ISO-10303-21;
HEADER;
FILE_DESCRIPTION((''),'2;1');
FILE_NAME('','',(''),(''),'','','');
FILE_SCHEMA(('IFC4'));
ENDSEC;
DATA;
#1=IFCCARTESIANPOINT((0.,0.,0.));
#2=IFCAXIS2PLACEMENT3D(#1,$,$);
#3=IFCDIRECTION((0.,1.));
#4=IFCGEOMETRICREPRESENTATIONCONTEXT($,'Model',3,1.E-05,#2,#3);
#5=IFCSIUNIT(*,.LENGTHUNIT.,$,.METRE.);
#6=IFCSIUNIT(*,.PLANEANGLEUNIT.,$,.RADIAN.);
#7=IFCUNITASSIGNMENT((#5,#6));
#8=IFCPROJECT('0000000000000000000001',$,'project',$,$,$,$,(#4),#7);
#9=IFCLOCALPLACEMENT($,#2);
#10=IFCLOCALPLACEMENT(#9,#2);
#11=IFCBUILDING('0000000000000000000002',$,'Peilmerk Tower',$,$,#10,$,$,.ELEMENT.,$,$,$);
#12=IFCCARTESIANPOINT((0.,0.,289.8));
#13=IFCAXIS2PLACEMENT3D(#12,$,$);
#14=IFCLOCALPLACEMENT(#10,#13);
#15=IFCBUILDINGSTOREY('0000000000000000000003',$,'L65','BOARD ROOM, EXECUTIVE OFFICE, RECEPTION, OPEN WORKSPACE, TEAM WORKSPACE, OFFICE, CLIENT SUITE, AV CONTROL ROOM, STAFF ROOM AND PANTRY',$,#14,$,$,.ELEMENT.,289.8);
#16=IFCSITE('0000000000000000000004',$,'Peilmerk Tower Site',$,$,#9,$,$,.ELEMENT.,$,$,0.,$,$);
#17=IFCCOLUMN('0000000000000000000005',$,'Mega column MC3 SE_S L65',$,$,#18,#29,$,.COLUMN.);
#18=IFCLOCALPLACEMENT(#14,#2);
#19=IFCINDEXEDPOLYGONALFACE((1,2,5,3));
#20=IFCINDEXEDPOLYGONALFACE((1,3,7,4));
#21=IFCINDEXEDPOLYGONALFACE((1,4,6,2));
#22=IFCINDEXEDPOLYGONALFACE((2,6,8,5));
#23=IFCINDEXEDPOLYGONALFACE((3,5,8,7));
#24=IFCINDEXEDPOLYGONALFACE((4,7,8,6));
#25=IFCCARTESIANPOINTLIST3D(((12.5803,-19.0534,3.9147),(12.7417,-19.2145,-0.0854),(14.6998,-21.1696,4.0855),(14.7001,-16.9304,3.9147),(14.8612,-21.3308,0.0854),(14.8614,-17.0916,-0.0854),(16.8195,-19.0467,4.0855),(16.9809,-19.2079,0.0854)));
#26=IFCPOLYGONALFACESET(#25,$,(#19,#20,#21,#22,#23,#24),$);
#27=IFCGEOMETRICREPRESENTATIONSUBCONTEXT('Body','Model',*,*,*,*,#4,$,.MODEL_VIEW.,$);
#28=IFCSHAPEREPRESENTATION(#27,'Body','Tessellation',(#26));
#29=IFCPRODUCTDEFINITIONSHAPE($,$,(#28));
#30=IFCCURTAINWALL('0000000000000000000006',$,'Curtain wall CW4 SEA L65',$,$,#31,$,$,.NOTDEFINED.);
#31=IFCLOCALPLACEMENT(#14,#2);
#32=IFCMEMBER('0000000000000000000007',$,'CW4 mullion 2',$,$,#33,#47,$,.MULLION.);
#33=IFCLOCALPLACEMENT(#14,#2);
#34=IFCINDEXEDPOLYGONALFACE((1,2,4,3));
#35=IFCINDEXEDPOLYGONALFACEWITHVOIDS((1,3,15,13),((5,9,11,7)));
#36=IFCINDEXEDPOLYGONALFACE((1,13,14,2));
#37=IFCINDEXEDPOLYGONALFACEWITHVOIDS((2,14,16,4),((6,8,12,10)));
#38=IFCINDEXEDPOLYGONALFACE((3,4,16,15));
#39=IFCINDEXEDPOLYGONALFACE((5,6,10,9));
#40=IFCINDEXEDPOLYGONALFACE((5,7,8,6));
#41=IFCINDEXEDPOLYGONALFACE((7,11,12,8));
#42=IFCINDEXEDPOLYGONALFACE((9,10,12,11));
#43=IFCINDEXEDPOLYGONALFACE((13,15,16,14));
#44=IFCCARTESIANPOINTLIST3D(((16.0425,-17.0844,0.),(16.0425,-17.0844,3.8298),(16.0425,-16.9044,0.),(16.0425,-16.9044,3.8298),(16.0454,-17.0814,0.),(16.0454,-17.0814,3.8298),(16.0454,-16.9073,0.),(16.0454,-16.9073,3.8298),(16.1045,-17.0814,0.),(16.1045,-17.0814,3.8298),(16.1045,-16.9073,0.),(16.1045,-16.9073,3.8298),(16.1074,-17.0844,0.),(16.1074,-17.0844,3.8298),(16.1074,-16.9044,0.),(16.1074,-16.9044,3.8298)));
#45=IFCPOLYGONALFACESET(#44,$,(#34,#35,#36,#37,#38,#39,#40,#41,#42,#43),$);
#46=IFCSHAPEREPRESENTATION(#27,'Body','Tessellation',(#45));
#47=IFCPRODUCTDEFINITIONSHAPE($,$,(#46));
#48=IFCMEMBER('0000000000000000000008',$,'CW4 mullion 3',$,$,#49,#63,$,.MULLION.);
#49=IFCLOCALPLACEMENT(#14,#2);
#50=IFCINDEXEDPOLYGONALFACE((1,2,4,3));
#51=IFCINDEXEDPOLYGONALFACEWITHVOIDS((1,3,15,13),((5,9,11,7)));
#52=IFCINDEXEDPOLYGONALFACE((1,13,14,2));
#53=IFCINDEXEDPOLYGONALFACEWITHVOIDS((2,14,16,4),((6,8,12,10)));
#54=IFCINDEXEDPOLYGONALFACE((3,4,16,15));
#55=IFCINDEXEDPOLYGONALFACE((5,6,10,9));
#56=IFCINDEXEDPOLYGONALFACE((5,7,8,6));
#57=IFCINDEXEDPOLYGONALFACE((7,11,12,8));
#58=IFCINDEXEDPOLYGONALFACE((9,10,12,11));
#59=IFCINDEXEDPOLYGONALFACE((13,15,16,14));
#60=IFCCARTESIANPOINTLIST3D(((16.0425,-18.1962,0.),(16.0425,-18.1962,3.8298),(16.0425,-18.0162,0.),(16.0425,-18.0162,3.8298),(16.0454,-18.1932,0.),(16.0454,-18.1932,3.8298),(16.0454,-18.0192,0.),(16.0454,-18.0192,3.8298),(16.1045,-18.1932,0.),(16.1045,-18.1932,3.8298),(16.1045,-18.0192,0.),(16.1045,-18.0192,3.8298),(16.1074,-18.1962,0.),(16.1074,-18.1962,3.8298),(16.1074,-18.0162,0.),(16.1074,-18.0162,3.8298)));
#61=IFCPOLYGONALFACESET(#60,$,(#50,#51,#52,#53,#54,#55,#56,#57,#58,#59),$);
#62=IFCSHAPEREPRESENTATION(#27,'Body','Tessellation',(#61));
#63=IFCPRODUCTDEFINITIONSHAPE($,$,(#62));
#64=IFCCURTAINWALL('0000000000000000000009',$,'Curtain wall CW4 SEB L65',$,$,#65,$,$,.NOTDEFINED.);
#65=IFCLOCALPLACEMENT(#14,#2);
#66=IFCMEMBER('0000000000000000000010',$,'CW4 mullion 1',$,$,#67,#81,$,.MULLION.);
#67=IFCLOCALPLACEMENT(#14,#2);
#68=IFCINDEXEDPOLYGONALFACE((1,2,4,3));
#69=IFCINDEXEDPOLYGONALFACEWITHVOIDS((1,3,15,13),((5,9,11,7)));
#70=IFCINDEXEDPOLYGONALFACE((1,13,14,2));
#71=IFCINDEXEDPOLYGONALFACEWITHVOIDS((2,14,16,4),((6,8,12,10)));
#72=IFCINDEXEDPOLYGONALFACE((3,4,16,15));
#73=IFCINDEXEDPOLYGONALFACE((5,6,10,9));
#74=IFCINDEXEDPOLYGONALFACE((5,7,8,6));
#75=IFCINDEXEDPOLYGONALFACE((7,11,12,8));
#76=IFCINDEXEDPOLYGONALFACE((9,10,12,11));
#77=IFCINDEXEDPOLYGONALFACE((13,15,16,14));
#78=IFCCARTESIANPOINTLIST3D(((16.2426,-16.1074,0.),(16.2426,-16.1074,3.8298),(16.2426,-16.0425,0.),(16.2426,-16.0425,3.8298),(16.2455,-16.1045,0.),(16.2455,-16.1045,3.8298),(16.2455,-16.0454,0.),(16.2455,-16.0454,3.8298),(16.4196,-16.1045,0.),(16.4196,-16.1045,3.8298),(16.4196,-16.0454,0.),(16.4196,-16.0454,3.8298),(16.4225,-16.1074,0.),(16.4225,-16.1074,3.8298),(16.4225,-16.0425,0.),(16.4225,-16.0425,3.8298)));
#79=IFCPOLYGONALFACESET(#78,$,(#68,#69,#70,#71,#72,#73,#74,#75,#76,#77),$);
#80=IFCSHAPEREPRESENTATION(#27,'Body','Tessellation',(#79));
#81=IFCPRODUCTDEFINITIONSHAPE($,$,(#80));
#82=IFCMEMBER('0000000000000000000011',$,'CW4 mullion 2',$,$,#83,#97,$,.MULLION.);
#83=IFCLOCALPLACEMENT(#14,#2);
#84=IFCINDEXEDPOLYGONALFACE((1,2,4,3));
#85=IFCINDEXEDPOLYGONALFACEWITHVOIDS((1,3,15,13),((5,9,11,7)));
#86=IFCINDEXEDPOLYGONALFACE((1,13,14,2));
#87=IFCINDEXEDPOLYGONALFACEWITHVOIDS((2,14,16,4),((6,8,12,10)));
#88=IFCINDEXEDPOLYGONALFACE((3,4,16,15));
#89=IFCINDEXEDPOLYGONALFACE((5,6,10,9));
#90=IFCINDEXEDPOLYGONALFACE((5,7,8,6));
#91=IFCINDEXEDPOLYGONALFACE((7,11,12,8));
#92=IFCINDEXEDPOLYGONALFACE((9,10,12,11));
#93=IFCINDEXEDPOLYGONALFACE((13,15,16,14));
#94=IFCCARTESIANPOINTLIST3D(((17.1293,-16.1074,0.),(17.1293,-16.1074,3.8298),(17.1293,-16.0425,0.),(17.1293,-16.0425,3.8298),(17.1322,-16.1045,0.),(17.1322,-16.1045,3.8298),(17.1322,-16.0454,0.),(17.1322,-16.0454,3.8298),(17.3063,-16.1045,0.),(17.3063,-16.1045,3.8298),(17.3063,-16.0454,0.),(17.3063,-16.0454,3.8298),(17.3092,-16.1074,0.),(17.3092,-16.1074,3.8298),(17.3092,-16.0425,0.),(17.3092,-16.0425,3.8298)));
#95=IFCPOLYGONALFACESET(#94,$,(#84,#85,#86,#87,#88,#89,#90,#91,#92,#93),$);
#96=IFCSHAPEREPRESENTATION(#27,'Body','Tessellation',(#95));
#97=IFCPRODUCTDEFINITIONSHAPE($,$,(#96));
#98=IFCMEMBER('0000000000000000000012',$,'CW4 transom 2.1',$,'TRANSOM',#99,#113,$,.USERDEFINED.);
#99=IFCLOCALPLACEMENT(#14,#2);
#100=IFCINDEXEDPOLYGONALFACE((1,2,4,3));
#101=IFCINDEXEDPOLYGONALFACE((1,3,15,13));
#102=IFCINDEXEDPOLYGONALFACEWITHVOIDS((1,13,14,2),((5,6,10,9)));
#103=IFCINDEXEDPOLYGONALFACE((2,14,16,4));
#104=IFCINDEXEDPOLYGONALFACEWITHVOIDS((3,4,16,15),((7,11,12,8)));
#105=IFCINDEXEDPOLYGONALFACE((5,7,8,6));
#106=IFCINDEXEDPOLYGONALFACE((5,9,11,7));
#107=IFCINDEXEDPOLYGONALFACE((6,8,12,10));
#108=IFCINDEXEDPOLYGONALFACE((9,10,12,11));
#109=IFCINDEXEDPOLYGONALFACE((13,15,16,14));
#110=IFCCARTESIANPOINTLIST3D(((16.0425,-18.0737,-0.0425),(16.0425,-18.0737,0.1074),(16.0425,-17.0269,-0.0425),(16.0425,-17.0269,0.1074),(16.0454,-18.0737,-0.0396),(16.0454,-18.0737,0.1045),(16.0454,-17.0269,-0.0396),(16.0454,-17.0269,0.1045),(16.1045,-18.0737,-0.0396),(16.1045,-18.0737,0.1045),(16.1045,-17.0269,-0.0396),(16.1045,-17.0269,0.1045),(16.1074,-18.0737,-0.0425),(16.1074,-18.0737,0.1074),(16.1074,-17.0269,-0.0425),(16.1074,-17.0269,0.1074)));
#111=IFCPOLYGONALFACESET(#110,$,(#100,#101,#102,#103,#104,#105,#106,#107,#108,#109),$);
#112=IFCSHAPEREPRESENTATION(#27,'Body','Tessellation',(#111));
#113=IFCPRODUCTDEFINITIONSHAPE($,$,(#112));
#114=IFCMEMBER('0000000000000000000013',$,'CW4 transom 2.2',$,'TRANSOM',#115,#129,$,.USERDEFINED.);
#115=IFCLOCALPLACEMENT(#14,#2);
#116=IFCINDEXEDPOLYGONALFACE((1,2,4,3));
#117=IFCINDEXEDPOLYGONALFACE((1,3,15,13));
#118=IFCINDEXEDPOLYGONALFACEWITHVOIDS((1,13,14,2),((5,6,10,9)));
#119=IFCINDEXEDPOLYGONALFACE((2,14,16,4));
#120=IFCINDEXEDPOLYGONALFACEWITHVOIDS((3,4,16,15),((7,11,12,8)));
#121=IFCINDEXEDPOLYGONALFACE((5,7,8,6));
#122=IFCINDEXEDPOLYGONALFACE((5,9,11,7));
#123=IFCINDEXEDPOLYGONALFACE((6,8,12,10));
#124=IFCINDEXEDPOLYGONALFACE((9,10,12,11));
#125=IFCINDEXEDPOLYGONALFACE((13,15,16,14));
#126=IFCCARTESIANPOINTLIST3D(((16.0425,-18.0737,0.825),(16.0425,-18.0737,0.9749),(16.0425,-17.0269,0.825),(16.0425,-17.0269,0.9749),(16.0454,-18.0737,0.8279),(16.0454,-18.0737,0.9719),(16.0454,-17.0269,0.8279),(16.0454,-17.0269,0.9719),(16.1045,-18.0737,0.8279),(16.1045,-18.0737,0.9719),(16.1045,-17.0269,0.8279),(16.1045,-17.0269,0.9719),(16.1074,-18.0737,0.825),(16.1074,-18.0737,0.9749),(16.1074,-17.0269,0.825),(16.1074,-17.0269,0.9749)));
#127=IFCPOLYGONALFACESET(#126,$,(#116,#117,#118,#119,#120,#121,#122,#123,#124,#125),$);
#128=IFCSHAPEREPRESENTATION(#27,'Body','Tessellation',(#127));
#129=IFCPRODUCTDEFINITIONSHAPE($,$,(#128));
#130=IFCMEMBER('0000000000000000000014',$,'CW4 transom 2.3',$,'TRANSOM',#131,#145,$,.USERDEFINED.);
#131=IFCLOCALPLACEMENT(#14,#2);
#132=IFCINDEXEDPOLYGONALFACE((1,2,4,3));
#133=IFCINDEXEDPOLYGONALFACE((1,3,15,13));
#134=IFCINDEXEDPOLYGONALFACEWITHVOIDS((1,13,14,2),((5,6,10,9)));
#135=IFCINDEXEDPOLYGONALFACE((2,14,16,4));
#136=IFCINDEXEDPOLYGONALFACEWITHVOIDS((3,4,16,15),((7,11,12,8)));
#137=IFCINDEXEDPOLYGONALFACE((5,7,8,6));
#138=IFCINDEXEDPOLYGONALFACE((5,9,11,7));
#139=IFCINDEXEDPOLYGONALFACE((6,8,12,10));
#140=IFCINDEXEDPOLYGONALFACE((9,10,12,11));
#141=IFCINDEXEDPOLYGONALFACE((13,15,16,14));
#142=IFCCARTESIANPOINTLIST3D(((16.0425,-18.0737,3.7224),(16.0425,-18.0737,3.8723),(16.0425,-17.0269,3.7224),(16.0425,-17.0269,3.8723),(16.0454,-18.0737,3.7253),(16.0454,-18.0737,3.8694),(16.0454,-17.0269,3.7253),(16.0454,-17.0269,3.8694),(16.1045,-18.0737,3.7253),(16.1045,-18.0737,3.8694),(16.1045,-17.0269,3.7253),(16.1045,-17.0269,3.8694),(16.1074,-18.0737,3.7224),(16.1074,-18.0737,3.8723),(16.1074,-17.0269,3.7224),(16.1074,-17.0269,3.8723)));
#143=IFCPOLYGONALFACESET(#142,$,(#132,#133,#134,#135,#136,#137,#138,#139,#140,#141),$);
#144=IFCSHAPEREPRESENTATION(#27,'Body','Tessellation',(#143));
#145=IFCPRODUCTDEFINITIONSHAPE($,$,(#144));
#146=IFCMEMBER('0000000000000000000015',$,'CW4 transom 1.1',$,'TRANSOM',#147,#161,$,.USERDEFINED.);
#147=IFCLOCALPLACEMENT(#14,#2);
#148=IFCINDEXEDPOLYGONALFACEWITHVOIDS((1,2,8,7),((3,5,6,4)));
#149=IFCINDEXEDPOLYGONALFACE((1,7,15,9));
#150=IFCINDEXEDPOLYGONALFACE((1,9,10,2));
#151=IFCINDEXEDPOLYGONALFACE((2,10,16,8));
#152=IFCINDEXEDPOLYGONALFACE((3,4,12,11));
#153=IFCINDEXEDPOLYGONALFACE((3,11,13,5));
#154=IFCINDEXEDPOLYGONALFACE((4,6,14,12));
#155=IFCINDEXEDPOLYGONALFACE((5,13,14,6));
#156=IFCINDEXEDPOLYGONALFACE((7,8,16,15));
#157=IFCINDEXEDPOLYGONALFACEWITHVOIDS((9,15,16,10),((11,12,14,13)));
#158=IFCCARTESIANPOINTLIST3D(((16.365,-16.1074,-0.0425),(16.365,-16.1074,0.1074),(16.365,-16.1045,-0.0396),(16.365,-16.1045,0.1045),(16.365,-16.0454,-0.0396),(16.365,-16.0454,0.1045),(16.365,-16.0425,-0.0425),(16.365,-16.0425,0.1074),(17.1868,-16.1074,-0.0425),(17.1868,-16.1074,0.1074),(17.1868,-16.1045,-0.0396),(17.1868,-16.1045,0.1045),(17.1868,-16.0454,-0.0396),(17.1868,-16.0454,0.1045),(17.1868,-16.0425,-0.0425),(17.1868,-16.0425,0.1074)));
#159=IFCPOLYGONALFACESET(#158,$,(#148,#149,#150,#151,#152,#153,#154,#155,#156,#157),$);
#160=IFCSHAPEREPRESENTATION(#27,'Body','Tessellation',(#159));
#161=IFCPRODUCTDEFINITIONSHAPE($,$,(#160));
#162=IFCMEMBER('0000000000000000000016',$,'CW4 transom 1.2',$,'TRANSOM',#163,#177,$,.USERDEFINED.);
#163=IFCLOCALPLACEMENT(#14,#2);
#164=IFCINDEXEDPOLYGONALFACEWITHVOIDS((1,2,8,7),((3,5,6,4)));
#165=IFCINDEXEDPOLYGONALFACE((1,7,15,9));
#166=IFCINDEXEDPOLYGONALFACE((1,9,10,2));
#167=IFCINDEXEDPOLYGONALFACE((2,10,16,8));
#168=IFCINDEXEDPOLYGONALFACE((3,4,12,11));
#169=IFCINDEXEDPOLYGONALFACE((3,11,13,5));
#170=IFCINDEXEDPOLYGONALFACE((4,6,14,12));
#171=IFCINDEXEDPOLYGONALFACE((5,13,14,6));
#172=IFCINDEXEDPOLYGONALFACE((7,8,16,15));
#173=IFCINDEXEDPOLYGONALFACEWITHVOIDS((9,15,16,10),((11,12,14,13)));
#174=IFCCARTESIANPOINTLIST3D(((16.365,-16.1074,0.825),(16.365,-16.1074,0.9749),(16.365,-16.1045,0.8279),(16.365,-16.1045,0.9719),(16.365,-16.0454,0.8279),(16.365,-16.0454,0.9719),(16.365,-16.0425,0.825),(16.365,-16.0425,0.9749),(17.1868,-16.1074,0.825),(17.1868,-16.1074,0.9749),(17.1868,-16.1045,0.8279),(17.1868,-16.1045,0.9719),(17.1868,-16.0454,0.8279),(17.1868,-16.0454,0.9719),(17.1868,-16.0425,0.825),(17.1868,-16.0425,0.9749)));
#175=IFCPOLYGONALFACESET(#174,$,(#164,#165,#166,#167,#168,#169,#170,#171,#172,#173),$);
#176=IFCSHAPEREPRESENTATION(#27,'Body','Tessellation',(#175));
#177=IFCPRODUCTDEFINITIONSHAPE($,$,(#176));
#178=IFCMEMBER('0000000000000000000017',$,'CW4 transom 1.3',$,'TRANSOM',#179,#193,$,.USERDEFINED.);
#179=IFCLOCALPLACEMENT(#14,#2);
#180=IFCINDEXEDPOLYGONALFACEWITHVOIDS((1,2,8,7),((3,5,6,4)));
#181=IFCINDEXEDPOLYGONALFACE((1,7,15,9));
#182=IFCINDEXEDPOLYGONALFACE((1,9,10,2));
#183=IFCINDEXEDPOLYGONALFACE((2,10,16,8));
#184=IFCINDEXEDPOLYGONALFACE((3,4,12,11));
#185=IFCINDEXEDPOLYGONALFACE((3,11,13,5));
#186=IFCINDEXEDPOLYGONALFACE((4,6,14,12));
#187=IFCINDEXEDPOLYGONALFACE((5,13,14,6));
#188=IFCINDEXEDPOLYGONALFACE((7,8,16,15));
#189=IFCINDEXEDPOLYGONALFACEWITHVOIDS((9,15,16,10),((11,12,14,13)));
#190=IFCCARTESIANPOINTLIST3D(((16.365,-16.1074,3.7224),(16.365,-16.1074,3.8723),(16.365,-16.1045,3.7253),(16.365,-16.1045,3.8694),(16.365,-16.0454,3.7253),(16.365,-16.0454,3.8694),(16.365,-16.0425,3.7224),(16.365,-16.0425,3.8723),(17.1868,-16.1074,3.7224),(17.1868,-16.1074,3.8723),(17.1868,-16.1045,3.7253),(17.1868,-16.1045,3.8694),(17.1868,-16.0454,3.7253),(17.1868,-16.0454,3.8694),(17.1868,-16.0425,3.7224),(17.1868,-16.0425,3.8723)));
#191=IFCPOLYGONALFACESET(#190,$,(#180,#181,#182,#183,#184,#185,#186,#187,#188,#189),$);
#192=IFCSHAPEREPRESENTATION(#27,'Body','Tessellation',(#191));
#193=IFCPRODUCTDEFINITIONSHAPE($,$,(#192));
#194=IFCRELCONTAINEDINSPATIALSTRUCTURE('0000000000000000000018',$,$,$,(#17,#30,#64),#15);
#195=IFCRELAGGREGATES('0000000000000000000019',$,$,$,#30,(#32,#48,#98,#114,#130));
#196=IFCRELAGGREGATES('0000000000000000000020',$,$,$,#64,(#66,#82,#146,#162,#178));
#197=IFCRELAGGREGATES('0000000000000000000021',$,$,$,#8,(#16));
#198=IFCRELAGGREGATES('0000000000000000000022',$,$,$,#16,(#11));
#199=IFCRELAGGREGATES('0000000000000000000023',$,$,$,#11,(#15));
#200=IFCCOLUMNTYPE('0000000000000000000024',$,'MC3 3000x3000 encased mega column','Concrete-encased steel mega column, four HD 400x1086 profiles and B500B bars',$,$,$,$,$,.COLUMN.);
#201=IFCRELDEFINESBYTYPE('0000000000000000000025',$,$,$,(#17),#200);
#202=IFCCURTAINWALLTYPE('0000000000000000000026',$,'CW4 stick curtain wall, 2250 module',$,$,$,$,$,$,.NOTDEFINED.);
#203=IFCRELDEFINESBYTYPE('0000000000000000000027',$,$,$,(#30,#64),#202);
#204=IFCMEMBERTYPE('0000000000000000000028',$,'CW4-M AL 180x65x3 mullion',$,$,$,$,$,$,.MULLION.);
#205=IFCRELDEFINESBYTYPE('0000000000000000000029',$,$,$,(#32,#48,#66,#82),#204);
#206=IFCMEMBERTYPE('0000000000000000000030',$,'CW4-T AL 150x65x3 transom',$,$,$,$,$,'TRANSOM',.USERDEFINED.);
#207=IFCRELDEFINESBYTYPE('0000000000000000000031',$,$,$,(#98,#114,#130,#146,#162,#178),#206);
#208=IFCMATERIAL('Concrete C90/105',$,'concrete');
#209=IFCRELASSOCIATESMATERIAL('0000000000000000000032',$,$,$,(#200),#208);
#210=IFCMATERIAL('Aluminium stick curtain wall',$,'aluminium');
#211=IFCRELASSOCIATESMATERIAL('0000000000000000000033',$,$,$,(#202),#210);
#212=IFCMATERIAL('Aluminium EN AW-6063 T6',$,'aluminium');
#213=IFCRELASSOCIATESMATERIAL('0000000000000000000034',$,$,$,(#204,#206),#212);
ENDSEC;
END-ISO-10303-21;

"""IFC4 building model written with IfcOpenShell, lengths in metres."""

from ifc_helpers import new_model, si_unit, direction, frame, origin, origin_2d, place, context, subcontext, project, spatial, rectangle, hollow_rectangle, extrude, material, material_profile, profile_set, type_object, element, aggregate, save


model = new_model("IFC4")

# Units and contexts
model_context = context("Model", 3, precision=1e-05, world=origin(), true_north=direction((0.0, 1.0)))
body_context = subcontext(model_context, "Body", "Model", "MODEL_VIEW")
ifc_project = project(units=[si_unit("LENGTHUNIT", "METRE"), si_unit("PLANEANGLEUNIT", "RADIAN")], contexts=[model_context])

# Site, building, storey
site_placement = place(None, origin())
site = spatial("IfcSite", under=ifc_project, at=site_placement, Name="Peilmerk Tower Site", CompositionType="ELEMENT", RefElevation=0.0)
building_placement = place(site_placement, origin())
building = spatial("IfcBuilding", under=site, at=building_placement, Name="Peilmerk Tower", CompositionType="ELEMENT")
storey_placement = place(building_placement, frame((0.0, 0.0, 289.8)))
storey = spatial("IfcBuildingStorey", under=building, at=storey_placement, Name="L65", Description="BOARD ROOM, EXECUTIVE OFFICE, RECEPTION, OPEN WORKSPACE, TEAM WORKSPACE, OFFICE, CLIENT SUITE, AV CONTROL ROOM, STAFF ROOM AND PANTRY", CompositionType="ELEMENT", Elevation=289.8)

# Column
ifc_material_1 = material(Name="Concrete C90/105", Category="concrete")
ifc_material_profile_1 = material_profile(ifc_material_1, rectangle(XDim=3.0, YDim=3.0, at=origin_2d()), Name="RC 3000x3000")
ifc_profile_set_1 = profile_set([ifc_material_profile_1], Name="Concrete C90/105")
column_type = type_object("IfcColumnType", Name="MC3 3000x3000 encased mega column", Description="Concrete-encased steel mega column, four HD 400x1086 profiles and B500B bars", PredefinedType="COLUMN", material=ifc_profile_set_1)
column_placement = place(storey_placement, frame((14.8613, -19.2112, 0.0), z_axis=(-0.040279, 0.040218, 0.998379), x_axis=(-0.706571, -0.707642, 0.0)))
element("IfcColumn", 1, at=column_placement, inside=storey, type_object=column_type, Name="Mega column MC3 SE_S L65", PredefinedType="COLUMN", context=body_context, shape_type="SweptSolid", body=[
    extrude(rectangle(XDim=3.0, YDim=3.0, at=origin_2d()), origin(), (0.0, 0.0, 1.0), 4.0066),
])

# Curtain walls, members
ifc_material_2 = material(Name="Aluminium stick curtain wall", Category="aluminium")
curtain_wall_type = type_object("IfcCurtainWallType", Name="CW4 stick curtain wall, 2250 module", PredefinedType="NOTDEFINED", material=ifc_material_2)
curtain_wall_1_placement = place(storey_placement, origin())
curtain_wall_1 = element("IfcCurtainWall", 2, at=curtain_wall_1_placement, inside=storey, type_object=curtain_wall_type, Name="Curtain wall CW4 SEA L65", PredefinedType="NOTDEFINED")
ifc_material_3 = material(Name="Aluminium EN AW-6063 T6", Category="aluminium")
ifc_material_profile_2 = material_profile(ifc_material_3, hollow_rectangle(XDim=0.0649, YDim=0.1799, WallThickness=0.0029, at=origin_2d()), Name="AL 180x65x3")
ifc_profile_set_2 = profile_set([ifc_material_profile_2], Name="Aluminium EN AW-6063 T6")
member_type_1 = type_object("IfcMemberType", Name="CW4-M AL 180x65x3 mullion", PredefinedType="MULLION", material=ifc_profile_set_2)
member_1_placement = place(storey_placement, frame((16.075, -16.9944, 0.0), z_axis=(0.0, 0.0, 1.0), x_axis=(1.0, 0.0, 0.0)))
member_1 = element("IfcMember", 3, at=member_1_placement, type_object=member_type_1, Name="CW4 mullion 2", PredefinedType="MULLION", context=body_context, shape_type="SweptSolid", body=[
    extrude(hollow_rectangle(XDim=0.0649, YDim=0.1799, WallThickness=0.0029, at=origin_2d()), origin(), (0.0, 0.0, 1.0), 3.8298),
])
member_2_placement = place(storey_placement, frame((16.075, -18.1062, 0.0), z_axis=(0.0, 0.0, 1.0), x_axis=(1.0, 0.0, 0.0)))
member_2 = element("IfcMember", 4, at=member_2_placement, type_object=member_type_1, Name="CW4 mullion 3", PredefinedType="MULLION", context=body_context, shape_type="SweptSolid", body=[
    extrude(hollow_rectangle(XDim=0.0649, YDim=0.1799, WallThickness=0.0029, at=origin_2d()), origin(), (0.0, 0.0, 1.0), 3.8298),
])
curtain_wall_2_placement = place(storey_placement, origin())
curtain_wall_2 = element("IfcCurtainWall", 5, at=curtain_wall_2_placement, inside=storey, type_object=curtain_wall_type, Name="Curtain wall CW4 SEB L65", PredefinedType="NOTDEFINED")
member_3_placement = place(storey_placement, frame((16.3325, -16.075, 0.0), z_axis=(0.0, 0.0, 1.0), x_axis=(0.0, 1.0, 0.0)))
member_3 = element("IfcMember", 6, at=member_3_placement, type_object=member_type_1, Name="CW4 mullion 1", PredefinedType="MULLION", context=body_context, shape_type="SweptSolid", body=[
    extrude(hollow_rectangle(XDim=0.0649, YDim=0.1799, WallThickness=0.0029, at=origin_2d()), origin(), (0.0, 0.0, 1.0), 3.8298),
])
member_4_placement = place(storey_placement, frame((17.2192, -16.075, 0.0), z_axis=(0.0, 0.0, 1.0), x_axis=(0.0, 1.0, 0.0)))
member_4 = element("IfcMember", 7, at=member_4_placement, type_object=member_type_1, Name="CW4 mullion 2", PredefinedType="MULLION", context=body_context, shape_type="SweptSolid", body=[
    extrude(hollow_rectangle(XDim=0.0649, YDim=0.1799, WallThickness=0.0029, at=origin_2d()), origin(), (0.0, 0.0, 1.0), 3.8298),
])

# Members
ifc_material_profile_3 = material_profile(ifc_material_3, hollow_rectangle(XDim=0.0649, YDim=0.1499, WallThickness=0.0029, at=origin_2d()), Name="AL 150x65x3")
ifc_profile_set_3 = profile_set([ifc_material_profile_3], Name="Aluminium EN AW-6063 T6")
member_type_2 = type_object("IfcMemberType", Name="CW4-T AL 150x65x3 transom", ElementType="TRANSOM", PredefinedType="USERDEFINED", material=ifc_profile_set_3)
member_5_placement = place(storey_placement, frame((16.075, -17.0269, 0.0325), z_axis=(0.0, -1.0, 0.0), x_axis=(1.0, 0.0, 0.0)))
member_5 = element("IfcMember", 8, at=member_5_placement, type_object=member_type_2, Name="CW4 transom 2.1", ObjectType="TRANSOM", PredefinedType="USERDEFINED", context=body_context, shape_type="SweptSolid", body=[
    extrude(hollow_rectangle(XDim=0.0649, YDim=0.1499, WallThickness=0.0029, at=origin_2d()), origin(), (0.0, 0.0, 1.0), 1.0469),
])
member_6_placement = place(storey_placement, frame((16.075, -17.0269, 0.8999), z_axis=(0.0, -1.0, 0.0), x_axis=(1.0, 0.0, 0.0)))
member_6 = element("IfcMember", 9, at=member_6_placement, type_object=member_type_2, Name="CW4 transom 2.2", ObjectType="TRANSOM", PredefinedType="USERDEFINED", context=body_context, shape_type="SweptSolid", body=[
    extrude(hollow_rectangle(XDim=0.0649, YDim=0.1499, WallThickness=0.0029, at=origin_2d()), origin(), (0.0, 0.0, 1.0), 1.0469),
])
member_7_placement = place(storey_placement, frame((16.075, -17.0269, 3.7974), z_axis=(0.0, -1.0, 0.0), x_axis=(1.0, 0.0, 0.0)))
member_7 = element("IfcMember", 10, at=member_7_placement, type_object=member_type_2, Name="CW4 transom 2.3", ObjectType="TRANSOM", PredefinedType="USERDEFINED", context=body_context, shape_type="SweptSolid", body=[
    extrude(hollow_rectangle(XDim=0.0649, YDim=0.1499, WallThickness=0.0029, at=origin_2d()), origin(), (0.0, 0.0, 1.0), 1.0469),
])
member_8_placement = place(storey_placement, frame((16.365, -16.075, 0.0325), z_axis=(1.0, 0.0, 0.0), x_axis=(0.0, 1.0, 0.0)))
member_8 = element("IfcMember", 11, at=member_8_placement, type_object=member_type_2, Name="CW4 transom 1.1", ObjectType="TRANSOM", PredefinedType="USERDEFINED", context=body_context, shape_type="SweptSolid", body=[
    extrude(hollow_rectangle(XDim=0.0649, YDim=0.1499, WallThickness=0.0029, at=origin_2d()), origin(), (0.0, 0.0, 1.0), 0.8218),
])
member_9_placement = place(storey_placement, frame((16.365, -16.075, 0.8999), z_axis=(1.0, 0.0, 0.0), x_axis=(0.0, 1.0, 0.0)))
member_9 = element("IfcMember", 12, at=member_9_placement, type_object=member_type_2, Name="CW4 transom 1.2", ObjectType="TRANSOM", PredefinedType="USERDEFINED", context=body_context, shape_type="SweptSolid", body=[
    extrude(hollow_rectangle(XDim=0.0649, YDim=0.1499, WallThickness=0.0029, at=origin_2d()), origin(), (0.0, 0.0, 1.0), 0.8218),
])
member_10_placement = place(storey_placement, frame((16.365, -16.075, 3.7974), z_axis=(1.0, 0.0, 0.0), x_axis=(0.0, 1.0, 0.0)))
member_10 = element("IfcMember", 13, at=member_10_placement, type_object=member_type_2, Name="CW4 transom 1.3", ObjectType="TRANSOM", PredefinedType="USERDEFINED", context=body_context, shape_type="SweptSolid", body=[
    extrude(hollow_rectangle(XDim=0.0649, YDim=0.1499, WallThickness=0.0029, at=origin_2d()), origin(), (0.0, 0.0, 1.0), 0.8218),
])

aggregate(curtain_wall_1, [member_1, member_2, member_5, member_6, member_7])
aggregate(curtain_wall_2, [member_3, member_4, member_8, member_9, member_10])

save(model, "model.ifc")
